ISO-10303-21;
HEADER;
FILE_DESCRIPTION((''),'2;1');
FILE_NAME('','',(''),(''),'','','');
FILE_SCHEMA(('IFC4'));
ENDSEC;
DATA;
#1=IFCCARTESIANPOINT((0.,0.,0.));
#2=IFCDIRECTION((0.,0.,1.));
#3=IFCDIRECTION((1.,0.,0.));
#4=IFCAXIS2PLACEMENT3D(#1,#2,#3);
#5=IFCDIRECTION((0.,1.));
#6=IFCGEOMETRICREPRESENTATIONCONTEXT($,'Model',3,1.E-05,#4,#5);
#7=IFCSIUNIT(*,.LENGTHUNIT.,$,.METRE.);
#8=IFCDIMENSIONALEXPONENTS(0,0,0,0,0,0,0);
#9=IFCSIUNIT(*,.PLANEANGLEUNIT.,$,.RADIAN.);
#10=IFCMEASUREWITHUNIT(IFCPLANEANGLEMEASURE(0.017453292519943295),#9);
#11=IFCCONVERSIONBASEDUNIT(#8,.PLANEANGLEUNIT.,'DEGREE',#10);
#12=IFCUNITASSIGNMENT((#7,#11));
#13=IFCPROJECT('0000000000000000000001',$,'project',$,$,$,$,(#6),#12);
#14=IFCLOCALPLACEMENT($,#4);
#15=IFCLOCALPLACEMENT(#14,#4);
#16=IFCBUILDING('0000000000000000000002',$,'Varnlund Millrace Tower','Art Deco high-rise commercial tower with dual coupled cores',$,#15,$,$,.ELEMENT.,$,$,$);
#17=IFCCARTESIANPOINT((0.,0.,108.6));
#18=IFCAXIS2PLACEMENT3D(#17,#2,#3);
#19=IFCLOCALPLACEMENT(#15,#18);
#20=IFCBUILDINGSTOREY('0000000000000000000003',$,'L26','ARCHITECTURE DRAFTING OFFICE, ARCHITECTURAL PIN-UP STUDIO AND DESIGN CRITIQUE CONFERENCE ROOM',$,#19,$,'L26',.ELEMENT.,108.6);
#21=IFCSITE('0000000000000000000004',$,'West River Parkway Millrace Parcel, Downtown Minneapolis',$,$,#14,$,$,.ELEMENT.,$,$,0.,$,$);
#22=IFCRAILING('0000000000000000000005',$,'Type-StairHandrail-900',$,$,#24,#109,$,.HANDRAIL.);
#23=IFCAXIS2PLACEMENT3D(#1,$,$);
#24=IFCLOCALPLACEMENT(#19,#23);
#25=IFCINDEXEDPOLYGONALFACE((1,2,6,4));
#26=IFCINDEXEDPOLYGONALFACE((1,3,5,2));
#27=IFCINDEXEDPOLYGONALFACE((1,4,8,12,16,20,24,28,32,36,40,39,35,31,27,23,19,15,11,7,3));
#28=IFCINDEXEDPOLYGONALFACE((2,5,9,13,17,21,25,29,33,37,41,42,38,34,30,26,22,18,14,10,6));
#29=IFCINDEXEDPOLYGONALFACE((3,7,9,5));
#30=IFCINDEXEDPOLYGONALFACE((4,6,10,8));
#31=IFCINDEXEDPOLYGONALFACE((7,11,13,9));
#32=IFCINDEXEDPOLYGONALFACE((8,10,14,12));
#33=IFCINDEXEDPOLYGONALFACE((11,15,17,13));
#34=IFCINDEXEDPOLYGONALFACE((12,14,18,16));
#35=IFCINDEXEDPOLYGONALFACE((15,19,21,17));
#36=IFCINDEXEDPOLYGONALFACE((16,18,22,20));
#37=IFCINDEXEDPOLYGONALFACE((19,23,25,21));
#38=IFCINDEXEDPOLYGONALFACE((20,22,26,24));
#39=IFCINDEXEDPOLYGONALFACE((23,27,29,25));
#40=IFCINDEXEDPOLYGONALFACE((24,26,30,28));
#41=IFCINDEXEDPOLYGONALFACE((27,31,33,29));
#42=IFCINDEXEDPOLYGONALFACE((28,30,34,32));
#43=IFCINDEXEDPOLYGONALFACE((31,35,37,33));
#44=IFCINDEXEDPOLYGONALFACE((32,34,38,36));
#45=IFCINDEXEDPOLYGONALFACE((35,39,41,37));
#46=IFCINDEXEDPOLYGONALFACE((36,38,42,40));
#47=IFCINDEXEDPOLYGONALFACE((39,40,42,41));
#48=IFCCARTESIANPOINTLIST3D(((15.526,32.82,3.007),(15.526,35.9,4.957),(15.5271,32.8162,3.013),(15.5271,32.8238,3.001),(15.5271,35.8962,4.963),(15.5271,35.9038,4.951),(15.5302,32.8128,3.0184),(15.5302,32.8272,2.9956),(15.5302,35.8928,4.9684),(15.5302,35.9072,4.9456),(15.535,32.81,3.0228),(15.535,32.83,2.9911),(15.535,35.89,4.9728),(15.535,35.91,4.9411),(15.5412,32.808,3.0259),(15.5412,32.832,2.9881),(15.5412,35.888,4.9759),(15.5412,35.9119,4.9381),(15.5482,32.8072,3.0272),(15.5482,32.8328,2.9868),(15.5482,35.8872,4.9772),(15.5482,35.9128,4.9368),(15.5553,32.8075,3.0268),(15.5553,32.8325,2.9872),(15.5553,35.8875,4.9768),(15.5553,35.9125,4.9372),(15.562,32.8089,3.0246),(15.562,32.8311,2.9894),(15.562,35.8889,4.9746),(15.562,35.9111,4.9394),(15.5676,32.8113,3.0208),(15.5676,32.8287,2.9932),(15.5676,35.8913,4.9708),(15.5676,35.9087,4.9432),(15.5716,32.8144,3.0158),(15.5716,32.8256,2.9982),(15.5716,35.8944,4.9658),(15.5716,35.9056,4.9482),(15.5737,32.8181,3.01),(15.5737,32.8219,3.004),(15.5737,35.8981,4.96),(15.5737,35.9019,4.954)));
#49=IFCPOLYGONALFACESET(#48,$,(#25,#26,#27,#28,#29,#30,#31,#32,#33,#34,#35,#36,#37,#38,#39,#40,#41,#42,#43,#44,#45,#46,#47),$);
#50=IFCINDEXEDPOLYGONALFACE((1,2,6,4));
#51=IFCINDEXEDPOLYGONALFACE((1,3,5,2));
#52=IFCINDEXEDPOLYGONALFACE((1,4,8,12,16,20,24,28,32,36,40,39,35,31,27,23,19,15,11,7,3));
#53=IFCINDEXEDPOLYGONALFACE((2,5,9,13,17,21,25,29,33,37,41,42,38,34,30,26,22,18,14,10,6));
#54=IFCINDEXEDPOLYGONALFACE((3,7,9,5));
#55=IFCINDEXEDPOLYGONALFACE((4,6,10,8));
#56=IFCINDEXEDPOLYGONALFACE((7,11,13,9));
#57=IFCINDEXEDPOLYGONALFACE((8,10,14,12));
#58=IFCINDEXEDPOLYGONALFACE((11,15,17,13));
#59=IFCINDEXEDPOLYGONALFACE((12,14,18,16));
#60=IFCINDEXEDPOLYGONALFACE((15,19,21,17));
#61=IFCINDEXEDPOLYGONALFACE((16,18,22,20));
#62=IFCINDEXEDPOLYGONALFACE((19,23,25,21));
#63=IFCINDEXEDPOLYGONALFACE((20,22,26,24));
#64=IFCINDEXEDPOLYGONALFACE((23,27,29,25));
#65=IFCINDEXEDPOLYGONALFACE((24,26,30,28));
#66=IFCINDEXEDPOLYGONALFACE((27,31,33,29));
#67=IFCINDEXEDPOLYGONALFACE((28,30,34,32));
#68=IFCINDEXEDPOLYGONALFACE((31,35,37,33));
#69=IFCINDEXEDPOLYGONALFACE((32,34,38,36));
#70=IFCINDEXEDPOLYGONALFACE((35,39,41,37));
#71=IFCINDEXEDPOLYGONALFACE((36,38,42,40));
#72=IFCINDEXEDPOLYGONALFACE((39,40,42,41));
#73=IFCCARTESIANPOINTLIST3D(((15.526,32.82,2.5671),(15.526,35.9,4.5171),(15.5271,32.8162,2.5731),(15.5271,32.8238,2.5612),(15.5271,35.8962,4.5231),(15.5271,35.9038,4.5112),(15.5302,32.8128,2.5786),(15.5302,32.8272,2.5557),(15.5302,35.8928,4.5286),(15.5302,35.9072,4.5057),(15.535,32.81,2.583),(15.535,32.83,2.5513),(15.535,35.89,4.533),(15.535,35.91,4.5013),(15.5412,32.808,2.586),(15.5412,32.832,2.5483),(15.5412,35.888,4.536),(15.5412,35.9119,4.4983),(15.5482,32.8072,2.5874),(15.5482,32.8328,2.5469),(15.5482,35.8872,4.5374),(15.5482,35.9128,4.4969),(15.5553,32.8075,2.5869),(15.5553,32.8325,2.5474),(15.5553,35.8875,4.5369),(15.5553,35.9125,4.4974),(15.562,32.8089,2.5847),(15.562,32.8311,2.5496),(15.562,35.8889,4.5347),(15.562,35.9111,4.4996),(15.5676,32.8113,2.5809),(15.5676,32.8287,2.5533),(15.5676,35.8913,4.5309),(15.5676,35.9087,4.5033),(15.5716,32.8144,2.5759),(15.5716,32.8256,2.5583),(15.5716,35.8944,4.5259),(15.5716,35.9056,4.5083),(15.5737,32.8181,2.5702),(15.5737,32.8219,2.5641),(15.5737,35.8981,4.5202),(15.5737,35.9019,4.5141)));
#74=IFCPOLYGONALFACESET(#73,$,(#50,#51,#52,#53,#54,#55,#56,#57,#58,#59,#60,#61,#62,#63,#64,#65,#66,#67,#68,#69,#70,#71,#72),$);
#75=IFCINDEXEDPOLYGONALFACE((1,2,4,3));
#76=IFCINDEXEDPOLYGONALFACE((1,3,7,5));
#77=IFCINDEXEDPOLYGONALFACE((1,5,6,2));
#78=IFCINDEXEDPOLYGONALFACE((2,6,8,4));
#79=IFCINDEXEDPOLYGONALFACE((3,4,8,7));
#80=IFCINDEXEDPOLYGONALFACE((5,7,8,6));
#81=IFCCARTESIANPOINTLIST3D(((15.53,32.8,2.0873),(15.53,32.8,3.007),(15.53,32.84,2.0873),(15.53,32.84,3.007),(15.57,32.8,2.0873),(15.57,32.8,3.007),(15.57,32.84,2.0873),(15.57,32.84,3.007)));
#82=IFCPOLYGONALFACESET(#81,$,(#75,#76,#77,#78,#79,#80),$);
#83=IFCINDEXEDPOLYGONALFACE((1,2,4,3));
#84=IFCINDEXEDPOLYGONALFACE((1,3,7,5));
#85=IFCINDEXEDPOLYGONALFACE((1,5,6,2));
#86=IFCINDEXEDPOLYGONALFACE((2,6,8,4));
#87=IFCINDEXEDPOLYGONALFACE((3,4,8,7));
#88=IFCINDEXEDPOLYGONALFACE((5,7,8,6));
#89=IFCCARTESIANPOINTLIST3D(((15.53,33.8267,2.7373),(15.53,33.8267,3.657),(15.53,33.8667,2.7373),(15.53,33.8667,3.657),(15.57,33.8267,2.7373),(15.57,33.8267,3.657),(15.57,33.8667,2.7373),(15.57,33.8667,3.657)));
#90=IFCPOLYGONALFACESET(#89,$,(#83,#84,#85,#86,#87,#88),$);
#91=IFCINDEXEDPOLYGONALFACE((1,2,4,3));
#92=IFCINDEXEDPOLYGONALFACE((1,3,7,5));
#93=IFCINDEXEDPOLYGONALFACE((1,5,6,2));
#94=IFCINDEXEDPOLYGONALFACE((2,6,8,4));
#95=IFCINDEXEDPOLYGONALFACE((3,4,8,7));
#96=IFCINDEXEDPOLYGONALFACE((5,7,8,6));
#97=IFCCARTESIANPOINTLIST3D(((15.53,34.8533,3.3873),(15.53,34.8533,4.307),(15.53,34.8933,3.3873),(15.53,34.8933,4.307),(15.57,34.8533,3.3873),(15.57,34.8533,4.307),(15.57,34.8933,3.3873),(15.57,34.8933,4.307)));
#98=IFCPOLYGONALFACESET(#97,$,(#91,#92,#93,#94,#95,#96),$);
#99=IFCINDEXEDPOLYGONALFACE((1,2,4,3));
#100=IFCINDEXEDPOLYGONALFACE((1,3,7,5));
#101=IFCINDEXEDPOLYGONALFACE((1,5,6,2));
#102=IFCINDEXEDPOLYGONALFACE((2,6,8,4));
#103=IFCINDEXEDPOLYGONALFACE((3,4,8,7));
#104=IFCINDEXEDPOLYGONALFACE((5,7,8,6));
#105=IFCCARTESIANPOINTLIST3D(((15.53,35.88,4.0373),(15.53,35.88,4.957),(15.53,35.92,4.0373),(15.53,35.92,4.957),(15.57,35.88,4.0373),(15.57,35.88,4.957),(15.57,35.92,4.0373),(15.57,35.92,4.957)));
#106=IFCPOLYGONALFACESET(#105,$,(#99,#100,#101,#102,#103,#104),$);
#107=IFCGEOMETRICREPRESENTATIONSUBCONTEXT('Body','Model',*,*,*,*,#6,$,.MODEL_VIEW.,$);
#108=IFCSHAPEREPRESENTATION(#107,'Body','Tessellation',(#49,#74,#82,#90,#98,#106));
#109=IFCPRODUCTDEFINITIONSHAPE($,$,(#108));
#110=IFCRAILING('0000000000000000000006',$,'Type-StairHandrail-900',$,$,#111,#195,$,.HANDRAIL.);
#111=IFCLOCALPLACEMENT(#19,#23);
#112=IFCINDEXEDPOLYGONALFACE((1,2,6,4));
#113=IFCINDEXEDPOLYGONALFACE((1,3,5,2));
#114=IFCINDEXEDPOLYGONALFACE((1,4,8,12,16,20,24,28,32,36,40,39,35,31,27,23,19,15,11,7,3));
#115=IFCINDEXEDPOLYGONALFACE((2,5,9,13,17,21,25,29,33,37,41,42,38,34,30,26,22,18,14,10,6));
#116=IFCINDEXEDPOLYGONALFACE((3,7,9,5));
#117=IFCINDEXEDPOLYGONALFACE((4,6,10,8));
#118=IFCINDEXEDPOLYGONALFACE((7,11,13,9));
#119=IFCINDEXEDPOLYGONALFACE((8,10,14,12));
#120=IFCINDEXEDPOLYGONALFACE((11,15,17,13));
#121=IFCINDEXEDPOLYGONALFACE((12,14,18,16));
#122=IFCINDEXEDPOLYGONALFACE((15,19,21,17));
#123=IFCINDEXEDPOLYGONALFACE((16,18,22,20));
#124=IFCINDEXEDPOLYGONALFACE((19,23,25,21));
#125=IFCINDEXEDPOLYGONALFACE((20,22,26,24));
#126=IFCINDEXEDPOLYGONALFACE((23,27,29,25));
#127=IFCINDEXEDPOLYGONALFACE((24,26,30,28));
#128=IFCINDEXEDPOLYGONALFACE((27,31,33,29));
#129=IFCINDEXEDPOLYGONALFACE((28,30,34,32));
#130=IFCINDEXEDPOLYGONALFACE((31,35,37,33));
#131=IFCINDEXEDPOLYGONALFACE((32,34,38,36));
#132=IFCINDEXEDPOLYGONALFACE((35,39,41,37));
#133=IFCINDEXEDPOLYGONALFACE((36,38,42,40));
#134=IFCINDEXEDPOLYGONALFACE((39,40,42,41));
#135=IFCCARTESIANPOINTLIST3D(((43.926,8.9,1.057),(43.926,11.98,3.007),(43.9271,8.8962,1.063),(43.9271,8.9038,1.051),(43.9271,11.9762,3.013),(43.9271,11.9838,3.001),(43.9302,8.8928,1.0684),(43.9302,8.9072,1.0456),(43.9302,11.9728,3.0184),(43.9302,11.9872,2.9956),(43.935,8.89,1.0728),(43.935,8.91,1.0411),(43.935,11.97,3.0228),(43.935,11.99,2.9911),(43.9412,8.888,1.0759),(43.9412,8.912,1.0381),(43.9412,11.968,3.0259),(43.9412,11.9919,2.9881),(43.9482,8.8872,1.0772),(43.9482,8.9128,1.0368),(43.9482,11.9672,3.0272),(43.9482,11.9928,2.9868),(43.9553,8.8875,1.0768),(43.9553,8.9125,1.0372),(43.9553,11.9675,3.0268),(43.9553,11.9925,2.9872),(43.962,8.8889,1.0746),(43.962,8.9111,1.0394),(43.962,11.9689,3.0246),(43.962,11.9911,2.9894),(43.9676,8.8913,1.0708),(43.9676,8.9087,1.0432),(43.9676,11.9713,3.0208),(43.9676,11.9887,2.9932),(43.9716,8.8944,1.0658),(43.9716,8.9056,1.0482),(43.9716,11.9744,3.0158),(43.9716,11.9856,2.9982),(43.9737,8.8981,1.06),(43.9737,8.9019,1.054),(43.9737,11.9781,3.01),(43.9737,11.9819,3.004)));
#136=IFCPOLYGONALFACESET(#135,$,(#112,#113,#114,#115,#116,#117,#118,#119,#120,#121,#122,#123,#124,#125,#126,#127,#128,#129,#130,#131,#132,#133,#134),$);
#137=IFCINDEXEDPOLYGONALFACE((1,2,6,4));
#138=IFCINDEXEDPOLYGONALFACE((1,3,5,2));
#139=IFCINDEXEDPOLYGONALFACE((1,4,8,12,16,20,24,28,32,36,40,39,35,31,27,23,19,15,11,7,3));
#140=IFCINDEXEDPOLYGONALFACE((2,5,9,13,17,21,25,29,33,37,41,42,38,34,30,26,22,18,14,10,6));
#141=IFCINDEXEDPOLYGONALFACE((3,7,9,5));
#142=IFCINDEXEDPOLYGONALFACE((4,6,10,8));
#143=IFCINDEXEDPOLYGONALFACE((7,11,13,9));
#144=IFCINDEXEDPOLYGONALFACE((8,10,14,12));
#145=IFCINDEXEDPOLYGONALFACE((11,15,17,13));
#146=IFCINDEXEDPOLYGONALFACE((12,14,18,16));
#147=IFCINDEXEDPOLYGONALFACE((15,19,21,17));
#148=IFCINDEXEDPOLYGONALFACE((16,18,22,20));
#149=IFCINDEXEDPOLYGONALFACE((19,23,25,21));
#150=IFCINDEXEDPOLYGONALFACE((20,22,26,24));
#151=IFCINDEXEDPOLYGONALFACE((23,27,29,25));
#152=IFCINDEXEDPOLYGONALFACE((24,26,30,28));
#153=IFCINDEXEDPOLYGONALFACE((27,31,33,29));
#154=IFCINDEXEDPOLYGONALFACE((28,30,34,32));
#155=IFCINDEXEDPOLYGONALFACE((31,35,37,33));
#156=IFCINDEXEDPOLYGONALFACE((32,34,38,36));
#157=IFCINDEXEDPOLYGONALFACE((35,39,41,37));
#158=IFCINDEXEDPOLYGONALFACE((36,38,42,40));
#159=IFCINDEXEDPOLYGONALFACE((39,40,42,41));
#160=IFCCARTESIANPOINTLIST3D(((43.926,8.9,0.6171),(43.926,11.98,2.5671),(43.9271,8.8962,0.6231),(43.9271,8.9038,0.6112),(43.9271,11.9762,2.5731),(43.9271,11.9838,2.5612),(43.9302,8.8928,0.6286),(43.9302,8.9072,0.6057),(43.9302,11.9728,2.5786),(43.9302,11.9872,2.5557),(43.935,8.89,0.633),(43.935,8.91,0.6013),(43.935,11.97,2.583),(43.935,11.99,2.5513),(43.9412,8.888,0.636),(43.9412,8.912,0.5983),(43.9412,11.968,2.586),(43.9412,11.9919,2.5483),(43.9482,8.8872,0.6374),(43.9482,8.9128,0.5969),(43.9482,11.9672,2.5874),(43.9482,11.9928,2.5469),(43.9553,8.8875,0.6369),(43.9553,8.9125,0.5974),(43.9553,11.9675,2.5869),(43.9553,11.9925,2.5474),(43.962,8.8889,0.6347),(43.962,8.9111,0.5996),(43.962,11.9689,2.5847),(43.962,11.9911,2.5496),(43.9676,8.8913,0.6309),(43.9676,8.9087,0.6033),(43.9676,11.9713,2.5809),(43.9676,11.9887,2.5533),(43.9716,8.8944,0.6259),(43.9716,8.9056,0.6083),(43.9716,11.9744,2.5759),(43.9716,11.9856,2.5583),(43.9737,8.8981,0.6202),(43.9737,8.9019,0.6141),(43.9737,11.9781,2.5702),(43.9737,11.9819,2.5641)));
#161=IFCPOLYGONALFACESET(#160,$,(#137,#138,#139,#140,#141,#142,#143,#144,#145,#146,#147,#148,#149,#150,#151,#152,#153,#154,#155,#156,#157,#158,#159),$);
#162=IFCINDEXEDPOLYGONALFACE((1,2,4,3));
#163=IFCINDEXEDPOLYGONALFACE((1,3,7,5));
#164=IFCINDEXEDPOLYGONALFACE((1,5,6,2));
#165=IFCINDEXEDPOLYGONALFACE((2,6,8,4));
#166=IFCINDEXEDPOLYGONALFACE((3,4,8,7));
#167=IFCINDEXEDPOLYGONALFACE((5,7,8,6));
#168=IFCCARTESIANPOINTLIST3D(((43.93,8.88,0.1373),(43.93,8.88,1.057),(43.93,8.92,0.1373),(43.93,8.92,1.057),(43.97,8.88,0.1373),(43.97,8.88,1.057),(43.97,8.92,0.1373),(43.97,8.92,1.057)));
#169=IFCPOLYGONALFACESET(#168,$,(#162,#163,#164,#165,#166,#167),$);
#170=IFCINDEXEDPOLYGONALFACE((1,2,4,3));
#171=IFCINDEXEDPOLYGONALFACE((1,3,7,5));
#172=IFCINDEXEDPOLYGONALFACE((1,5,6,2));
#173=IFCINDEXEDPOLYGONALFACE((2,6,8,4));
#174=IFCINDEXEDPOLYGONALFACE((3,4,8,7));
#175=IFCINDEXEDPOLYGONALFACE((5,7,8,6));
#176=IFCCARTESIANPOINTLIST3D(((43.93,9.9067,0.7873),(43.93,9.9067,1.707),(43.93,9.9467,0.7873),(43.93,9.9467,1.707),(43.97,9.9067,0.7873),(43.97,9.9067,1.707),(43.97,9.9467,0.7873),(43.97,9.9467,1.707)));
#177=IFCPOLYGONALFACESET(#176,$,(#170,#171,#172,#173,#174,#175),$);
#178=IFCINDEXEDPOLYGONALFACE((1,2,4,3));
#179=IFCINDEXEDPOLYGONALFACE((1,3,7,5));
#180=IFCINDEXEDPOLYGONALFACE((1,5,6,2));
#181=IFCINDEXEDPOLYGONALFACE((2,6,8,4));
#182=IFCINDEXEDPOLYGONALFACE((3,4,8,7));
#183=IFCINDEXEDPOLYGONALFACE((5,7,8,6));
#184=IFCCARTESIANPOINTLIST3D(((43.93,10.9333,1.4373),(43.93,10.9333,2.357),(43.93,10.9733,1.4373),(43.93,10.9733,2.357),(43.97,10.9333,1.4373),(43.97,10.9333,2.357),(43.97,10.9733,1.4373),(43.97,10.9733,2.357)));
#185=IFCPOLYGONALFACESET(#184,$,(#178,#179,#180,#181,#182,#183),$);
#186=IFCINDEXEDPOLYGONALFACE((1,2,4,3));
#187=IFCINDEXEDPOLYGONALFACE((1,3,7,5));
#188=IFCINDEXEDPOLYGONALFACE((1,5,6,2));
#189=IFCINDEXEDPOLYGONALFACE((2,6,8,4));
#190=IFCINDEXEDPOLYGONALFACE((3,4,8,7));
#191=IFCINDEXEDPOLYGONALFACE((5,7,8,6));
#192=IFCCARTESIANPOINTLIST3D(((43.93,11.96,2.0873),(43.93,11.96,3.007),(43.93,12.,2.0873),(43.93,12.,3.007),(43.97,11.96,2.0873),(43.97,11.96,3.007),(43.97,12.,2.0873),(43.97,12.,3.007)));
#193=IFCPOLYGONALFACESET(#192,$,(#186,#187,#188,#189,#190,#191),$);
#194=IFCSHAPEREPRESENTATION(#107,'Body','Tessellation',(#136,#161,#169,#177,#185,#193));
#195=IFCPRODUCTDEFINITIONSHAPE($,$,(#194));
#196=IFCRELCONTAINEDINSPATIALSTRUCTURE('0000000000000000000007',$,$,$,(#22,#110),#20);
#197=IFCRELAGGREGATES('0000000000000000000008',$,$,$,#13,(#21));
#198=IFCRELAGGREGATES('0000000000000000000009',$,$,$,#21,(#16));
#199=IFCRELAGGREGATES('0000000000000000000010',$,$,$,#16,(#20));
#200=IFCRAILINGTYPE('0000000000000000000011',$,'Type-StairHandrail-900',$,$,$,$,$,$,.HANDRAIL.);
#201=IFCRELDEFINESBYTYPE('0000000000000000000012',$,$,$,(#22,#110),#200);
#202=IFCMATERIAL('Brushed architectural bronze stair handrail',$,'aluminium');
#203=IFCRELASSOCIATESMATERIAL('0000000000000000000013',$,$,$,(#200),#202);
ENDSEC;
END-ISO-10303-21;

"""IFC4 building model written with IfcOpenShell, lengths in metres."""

from ifc_helpers import new_model, entity, si_unit, converted_unit, direction, frame, origin_with_axes, origin_2d_with_axis, place, context, subcontext, project, spatial, rectangle, circle, extrude, material, type_object, element, save


model = new_model("IFC4")

# Units and contexts
model_context = context("Model", 3, precision=1e-05, world=origin_with_axes(), true_north=direction((0.0, 1.0)))
body_context = subcontext(model_context, "Body", "Model", "MODEL_VIEW")
ifc_project = project(units=[si_unit("LENGTHUNIT", "METRE"), converted_unit("PLANEANGLEUNIT", "DEGREE", entity("IfcPlaneAngleMeasure", 0.017453292519943295), si_unit("PLANEANGLEUNIT", "RADIAN"), dimensions=[0, 0, 0, 0, 0, 0, 0])], contexts=[model_context])

# Site, building, storey
site_placement = place(None, origin_with_axes())
site = spatial("IfcSite", under=ifc_project, at=site_placement, Name="West River Parkway Millrace Parcel, Downtown Minneapolis", CompositionType="ELEMENT", RefElevation=0.0)
building_placement = place(site_placement, origin_with_axes())
building = spatial("IfcBuilding", under=site, at=building_placement, Name="Varnlund Millrace Tower", Description="Art Deco high-rise commercial tower with dual coupled cores", CompositionType="ELEMENT")
storey_placement = place(building_placement, frame((0.0, 0.0, 108.6), z_axis=(0.0, 0.0, 1.0), x_axis=(1.0, 0.0, 0.0)))
storey = spatial("IfcBuildingStorey", under=building, at=storey_placement, Name="L26", Description="ARCHITECTURE DRAFTING OFFICE, ARCHITECTURAL PIN-UP STUDIO AND DESIGN CRITIQUE CONFERENCE ROOM", LongName="L26", CompositionType="ELEMENT", Elevation=108.6)

# Railings
ifc_material_1 = material(Name="Brushed architectural bronze stair handrail", Category="aluminium")
railing_type_1 = type_object("IfcRailingType", Name="Type-StairHandrail-900", PredefinedType="HANDRAIL", material=ifc_material_1)
railing_1_placement = place(storey_placement, frame((0.0, 0.0, -108.6), z_axis=(0.0, 0.0, 1.0), x_axis=(1.0, 0.0, 0.0)))
element("IfcRailing", 1, at=railing_1_placement, inside=storey, type_object=railing_type_1, Name="Type-StairHandrail-900", PredefinedType="HANDRAIL", context=body_context, shape_type="SweptSolid", body=[
    extrude(circle(Radius=0.024, at=origin_2d_with_axis()), frame((15.55, 32.82, 111.607), z_axis=(0.0, 0.844902, 0.534922), x_axis=(-1.0, 0.0, 0.0)), (0.0, 0.0, 1.0), 3.6454),
    extrude(circle(Radius=0.024, at=origin_2d_with_axis()), frame((15.55, 32.82, 111.1671), z_axis=(0.0, 0.844902, 0.534922), x_axis=(-1.0, 0.0, 0.0)), (0.0, 0.0, 1.0), 3.6454),
    extrude(rectangle(XDim=0.04, YDim=0.04, at=origin_2d_with_axis()), frame((15.55, 32.82, 110.6873), z_axis=(0.0, 0.0, 1.0), x_axis=(1.0, 0.0, 0.0)), (0.0, 0.0, 1.0), 0.9197),
    extrude(rectangle(XDim=0.04, YDim=0.04, at=origin_2d_with_axis()), frame((15.55, 33.8467, 111.3373), z_axis=(0.0, 0.0, 1.0), x_axis=(1.0, 0.0, 0.0)), (0.0, 0.0, 1.0), 0.9197),
    extrude(rectangle(XDim=0.04, YDim=0.04, at=origin_2d_with_axis()), frame((15.55, 34.8733, 111.9873), z_axis=(0.0, 0.0, 1.0), x_axis=(1.0, 0.0, 0.0)), (0.0, 0.0, 1.0), 0.9197),
    extrude(rectangle(XDim=0.04, YDim=0.04, at=origin_2d_with_axis()), frame((15.55, 35.9, 112.6373), z_axis=(0.0, 0.0, 1.0), x_axis=(1.0, 0.0, 0.0)), (0.0, 0.0, 1.0), 0.9197),
])
railing_2_placement = place(storey_placement, frame((0.0, 0.0, -108.6), z_axis=(0.0, 0.0, 1.0), x_axis=(1.0, 0.0, 0.0)))
element("IfcRailing", 2, at=railing_2_placement, inside=storey, type_object=railing_type_1, Name="Type-StairHandrail-900", PredefinedType="HANDRAIL", context=body_context, shape_type="SweptSolid", body=[
    extrude(circle(Radius=0.024, at=origin_2d_with_axis()), frame((43.95, 8.9, 109.657), z_axis=(0.0, 0.844902, 0.534922), x_axis=(-1.0, 0.0, 0.0)), (0.0, 0.0, 1.0), 3.6454),
    extrude(circle(Radius=0.024, at=origin_2d_with_axis()), frame((43.95, 8.9, 109.2171), z_axis=(0.0, 0.844902, 0.534922), x_axis=(-1.0, 0.0, 0.0)), (0.0, 0.0, 1.0), 3.6454),
    extrude(rectangle(XDim=0.04, YDim=0.04, at=origin_2d_with_axis()), frame((43.95, 8.9, 108.7373), z_axis=(0.0, 0.0, 1.0), x_axis=(1.0, 0.0, 0.0)), (0.0, 0.0, 1.0), 0.9197),
    extrude(rectangle(XDim=0.04, YDim=0.04, at=origin_2d_with_axis()), frame((43.95, 9.9267, 109.3873), z_axis=(0.0, 0.0, 1.0), x_axis=(1.0, 0.0, 0.0)), (0.0, 0.0, 1.0), 0.9197),
    extrude(rectangle(XDim=0.04, YDim=0.04, at=origin_2d_with_axis()), frame((43.95, 10.9533, 110.0373), z_axis=(0.0, 0.0, 1.0), x_axis=(1.0, 0.0, 0.0)), (0.0, 0.0, 1.0), 0.9197),
    extrude(rectangle(XDim=0.04, YDim=0.04, at=origin_2d_with_axis()), frame((43.95, 11.98, 110.6873), z_axis=(0.0, 0.0, 1.0), x_axis=(1.0, 0.0, 0.0)), (0.0, 0.0, 1.0), 0.9197),
])

save(model, "model.ifc")
